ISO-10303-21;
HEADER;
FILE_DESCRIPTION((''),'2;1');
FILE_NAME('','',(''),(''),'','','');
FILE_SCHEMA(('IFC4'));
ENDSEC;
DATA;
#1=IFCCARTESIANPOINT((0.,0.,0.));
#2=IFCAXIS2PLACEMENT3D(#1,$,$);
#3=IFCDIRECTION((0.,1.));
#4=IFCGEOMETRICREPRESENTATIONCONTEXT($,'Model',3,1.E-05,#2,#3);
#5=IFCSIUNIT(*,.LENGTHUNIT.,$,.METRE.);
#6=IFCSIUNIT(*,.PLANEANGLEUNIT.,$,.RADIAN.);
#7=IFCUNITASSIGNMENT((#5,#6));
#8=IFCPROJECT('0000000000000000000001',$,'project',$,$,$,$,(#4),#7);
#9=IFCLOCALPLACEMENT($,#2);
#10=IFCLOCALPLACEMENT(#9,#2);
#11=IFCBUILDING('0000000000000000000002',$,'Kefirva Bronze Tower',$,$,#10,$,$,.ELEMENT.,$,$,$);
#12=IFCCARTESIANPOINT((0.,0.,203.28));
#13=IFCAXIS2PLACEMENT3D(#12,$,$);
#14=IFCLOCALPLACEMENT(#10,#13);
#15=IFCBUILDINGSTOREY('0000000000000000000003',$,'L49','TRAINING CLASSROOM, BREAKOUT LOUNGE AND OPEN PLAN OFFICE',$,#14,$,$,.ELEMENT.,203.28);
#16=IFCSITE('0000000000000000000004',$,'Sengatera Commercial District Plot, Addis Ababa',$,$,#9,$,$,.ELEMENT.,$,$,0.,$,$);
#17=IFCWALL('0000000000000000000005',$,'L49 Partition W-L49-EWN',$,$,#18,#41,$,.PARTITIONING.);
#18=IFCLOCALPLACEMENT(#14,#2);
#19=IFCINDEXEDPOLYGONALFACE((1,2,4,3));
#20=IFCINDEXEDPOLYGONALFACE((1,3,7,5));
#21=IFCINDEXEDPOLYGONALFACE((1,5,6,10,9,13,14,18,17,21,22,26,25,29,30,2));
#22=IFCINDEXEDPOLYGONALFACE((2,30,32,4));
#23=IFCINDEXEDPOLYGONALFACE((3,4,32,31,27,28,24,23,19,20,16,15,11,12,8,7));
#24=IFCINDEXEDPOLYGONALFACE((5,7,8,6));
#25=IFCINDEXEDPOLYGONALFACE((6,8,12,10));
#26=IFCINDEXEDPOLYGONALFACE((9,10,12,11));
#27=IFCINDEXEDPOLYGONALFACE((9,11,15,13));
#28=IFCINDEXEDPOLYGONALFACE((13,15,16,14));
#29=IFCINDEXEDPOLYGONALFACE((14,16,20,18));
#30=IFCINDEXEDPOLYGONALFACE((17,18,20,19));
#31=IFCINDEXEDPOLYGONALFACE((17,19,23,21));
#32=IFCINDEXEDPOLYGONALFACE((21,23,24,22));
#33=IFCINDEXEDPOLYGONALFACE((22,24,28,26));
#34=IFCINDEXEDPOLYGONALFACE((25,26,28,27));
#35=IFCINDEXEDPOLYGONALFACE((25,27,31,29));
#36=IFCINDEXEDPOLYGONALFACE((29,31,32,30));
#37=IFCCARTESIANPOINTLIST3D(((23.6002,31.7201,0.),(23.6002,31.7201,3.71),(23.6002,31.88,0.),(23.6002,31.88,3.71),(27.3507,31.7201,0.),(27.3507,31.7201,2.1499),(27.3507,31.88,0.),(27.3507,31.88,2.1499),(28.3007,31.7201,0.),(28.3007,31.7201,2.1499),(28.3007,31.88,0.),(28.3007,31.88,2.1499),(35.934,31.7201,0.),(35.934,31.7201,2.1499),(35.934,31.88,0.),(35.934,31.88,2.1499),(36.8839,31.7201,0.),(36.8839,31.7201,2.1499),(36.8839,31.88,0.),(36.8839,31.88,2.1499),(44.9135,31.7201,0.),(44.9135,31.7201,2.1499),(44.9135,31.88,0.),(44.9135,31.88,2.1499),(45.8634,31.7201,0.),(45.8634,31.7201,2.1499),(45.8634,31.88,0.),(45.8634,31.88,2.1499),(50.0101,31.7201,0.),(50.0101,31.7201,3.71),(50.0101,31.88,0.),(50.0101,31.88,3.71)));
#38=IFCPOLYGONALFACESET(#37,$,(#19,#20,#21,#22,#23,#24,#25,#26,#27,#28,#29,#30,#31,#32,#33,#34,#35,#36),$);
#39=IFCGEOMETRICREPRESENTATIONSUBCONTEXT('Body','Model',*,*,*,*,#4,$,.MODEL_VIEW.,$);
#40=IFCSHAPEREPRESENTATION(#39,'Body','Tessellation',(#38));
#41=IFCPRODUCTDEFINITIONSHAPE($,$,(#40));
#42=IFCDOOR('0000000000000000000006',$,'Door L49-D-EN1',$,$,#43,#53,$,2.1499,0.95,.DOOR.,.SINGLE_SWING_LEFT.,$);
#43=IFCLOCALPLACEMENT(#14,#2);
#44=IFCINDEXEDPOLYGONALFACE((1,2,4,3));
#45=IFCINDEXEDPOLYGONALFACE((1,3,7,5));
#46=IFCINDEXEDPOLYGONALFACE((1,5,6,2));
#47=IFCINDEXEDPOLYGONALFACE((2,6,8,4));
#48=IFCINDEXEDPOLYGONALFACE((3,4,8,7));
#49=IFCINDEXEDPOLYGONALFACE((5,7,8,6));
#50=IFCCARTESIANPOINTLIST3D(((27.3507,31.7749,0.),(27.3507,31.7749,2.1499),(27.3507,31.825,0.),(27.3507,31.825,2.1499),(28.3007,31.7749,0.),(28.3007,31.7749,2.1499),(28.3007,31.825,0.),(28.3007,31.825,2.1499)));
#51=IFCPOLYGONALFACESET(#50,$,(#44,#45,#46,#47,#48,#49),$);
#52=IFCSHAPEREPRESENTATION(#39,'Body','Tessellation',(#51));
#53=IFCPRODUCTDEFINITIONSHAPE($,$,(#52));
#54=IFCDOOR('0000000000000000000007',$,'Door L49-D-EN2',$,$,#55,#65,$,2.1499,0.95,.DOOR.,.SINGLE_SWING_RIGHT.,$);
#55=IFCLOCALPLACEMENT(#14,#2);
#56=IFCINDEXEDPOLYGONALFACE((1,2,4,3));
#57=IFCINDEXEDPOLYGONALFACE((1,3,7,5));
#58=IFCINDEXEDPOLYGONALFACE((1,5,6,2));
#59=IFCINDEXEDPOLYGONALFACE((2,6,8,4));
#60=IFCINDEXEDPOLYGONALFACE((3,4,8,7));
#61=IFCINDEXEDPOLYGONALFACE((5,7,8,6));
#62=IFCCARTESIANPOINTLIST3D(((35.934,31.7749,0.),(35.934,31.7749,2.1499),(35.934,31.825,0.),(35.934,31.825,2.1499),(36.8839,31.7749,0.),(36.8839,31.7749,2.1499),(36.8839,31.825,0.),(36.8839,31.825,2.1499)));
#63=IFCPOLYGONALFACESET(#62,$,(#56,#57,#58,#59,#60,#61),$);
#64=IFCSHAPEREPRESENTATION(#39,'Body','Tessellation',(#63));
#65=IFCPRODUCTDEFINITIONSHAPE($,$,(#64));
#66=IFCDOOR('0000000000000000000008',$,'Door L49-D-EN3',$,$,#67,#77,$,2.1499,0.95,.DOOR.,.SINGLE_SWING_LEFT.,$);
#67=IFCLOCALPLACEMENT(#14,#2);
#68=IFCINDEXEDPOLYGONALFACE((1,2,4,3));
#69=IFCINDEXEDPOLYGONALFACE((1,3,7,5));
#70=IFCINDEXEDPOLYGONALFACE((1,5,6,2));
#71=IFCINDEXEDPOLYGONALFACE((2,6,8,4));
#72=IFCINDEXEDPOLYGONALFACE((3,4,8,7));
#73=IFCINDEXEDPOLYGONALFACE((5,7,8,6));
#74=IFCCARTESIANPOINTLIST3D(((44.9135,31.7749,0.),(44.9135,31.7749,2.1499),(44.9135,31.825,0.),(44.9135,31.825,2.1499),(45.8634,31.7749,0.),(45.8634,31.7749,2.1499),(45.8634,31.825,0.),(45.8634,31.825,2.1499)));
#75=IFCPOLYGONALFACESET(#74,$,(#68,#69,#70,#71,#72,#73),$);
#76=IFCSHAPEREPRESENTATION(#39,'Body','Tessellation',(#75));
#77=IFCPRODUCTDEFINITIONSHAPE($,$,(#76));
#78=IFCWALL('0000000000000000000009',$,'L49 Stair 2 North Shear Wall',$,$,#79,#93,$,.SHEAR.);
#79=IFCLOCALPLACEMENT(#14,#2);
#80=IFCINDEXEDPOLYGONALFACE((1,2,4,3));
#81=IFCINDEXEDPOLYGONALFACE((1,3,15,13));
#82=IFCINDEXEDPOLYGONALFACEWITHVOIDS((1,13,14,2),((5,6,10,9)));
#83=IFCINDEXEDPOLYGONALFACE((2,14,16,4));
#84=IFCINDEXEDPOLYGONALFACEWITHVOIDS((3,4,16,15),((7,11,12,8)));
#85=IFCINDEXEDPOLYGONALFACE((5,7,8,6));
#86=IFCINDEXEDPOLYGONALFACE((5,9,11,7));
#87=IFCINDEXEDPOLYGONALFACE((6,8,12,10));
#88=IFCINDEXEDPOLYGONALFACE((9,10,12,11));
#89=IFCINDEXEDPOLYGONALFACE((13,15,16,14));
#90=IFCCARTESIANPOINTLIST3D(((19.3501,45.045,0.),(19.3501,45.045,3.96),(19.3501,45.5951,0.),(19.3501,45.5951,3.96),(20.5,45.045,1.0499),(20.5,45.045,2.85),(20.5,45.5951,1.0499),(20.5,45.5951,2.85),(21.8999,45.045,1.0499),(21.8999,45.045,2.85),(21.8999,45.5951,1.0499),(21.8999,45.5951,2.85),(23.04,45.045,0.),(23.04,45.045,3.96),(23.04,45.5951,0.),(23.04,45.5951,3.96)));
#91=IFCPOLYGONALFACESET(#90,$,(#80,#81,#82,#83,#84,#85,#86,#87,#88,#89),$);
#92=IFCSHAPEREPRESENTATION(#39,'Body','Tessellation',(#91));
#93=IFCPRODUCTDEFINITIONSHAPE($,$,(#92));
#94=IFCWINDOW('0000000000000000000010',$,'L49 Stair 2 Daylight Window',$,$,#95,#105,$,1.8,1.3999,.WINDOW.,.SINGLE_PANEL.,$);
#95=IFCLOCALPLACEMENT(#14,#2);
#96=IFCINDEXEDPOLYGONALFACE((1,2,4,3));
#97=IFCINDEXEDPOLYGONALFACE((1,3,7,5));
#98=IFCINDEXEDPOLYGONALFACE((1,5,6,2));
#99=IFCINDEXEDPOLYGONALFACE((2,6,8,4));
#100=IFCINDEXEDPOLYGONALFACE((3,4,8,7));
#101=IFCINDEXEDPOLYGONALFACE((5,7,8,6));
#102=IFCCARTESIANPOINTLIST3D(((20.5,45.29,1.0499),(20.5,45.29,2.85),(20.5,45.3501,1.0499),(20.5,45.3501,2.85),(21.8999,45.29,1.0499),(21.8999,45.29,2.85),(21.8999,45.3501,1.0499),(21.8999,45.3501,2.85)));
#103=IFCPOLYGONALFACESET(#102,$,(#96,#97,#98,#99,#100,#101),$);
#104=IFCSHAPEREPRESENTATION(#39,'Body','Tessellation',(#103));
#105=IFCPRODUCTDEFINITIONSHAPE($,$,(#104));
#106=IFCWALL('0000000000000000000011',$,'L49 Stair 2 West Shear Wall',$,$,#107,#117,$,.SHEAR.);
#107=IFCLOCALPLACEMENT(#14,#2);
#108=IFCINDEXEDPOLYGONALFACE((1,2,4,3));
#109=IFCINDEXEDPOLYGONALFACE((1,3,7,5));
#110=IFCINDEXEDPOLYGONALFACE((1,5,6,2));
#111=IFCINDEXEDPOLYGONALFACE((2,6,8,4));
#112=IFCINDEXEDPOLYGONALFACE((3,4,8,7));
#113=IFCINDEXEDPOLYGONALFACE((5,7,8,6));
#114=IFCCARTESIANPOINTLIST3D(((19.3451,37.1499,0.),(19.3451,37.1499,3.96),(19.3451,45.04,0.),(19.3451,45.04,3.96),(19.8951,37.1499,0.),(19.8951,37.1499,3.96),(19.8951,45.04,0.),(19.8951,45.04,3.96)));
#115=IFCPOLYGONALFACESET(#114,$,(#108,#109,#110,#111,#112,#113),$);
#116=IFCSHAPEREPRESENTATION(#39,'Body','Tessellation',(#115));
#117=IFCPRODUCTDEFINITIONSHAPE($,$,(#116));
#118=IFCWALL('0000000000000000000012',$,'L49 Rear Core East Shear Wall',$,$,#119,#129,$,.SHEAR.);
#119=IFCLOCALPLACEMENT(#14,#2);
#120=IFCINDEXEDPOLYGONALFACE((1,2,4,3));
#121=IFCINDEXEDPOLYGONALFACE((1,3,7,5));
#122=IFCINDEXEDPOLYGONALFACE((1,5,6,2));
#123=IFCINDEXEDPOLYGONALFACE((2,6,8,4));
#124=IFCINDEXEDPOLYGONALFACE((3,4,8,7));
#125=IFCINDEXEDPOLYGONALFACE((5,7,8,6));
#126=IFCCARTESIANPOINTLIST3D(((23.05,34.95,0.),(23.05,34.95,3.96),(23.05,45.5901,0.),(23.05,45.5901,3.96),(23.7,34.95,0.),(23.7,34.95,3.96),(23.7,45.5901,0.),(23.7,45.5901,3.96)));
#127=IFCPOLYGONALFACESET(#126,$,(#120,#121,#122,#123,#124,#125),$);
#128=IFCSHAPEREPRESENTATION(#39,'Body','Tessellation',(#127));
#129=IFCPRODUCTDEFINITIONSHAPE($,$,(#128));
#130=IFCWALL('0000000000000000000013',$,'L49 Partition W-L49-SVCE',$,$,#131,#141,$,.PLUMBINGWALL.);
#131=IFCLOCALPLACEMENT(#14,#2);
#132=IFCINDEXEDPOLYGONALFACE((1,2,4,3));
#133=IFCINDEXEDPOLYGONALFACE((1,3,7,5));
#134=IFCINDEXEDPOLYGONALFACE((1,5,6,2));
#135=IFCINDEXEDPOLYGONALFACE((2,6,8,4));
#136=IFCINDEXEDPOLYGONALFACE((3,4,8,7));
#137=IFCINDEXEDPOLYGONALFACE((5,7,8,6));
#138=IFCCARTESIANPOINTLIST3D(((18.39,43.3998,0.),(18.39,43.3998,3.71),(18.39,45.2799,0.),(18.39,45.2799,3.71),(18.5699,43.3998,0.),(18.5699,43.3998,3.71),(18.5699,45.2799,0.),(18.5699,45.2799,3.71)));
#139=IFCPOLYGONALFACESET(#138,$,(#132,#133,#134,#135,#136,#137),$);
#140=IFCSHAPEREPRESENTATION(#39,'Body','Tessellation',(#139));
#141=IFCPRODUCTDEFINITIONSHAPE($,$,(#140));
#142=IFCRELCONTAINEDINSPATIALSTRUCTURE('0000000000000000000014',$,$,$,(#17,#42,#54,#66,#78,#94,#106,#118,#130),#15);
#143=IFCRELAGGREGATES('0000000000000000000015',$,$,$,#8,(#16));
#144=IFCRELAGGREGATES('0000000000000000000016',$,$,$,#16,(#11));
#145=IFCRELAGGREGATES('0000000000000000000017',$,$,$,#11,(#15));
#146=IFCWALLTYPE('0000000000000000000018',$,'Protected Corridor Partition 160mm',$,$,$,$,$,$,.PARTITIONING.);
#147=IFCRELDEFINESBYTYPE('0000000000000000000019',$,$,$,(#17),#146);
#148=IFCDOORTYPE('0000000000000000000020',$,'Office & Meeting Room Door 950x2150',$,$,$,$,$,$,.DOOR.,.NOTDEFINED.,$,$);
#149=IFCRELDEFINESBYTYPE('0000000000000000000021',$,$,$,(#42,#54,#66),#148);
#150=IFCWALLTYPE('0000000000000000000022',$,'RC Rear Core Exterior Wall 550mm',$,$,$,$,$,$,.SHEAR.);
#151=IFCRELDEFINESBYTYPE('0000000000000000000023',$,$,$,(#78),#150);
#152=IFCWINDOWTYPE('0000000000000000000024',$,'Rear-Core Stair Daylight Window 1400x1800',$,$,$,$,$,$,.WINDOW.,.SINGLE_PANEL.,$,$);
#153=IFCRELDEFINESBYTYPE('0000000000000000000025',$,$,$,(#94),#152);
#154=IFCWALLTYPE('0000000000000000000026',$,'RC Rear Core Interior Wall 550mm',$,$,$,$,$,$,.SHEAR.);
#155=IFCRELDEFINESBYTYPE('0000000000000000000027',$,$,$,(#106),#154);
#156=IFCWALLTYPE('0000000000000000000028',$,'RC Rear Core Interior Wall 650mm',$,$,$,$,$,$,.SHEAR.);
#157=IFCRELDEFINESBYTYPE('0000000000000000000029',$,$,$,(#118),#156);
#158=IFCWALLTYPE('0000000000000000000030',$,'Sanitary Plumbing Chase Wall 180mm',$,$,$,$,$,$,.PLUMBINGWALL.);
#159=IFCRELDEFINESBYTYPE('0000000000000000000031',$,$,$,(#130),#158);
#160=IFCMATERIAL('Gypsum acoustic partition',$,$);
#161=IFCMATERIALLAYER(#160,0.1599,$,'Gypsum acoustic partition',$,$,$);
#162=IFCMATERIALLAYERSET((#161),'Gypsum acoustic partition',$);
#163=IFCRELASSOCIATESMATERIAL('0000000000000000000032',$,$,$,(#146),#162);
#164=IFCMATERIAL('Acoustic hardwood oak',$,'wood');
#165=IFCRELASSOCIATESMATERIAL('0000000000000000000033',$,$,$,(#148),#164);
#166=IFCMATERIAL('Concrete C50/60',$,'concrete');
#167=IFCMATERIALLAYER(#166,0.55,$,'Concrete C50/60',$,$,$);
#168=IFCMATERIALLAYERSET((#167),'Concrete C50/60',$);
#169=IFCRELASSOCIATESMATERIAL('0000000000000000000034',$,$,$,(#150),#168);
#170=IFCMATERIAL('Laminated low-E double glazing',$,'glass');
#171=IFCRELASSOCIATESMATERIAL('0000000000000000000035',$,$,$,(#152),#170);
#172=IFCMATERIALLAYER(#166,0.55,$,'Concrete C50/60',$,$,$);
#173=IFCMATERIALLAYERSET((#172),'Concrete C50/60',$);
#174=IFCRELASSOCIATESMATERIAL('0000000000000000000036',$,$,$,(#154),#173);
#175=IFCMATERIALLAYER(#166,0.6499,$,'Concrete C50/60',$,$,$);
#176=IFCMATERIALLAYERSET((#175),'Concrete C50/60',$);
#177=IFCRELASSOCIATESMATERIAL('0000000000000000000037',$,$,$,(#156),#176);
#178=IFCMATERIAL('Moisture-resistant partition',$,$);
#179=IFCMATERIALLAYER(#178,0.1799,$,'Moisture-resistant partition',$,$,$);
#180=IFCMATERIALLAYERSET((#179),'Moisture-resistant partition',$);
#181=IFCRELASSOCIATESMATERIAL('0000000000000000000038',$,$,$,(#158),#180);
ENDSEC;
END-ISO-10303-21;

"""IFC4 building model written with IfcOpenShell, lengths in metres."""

from ifc_helpers import new_model, si_unit, direction, frame, frame_2d, origin, place, context, subcontext, project, spatial, rectangle, extrude, material, layer, layer_set, type_object, element, fill, save


model = new_model("IFC4")

# Units and contexts
model_context = context("Model", 3, precision=1e-05, world=origin(), true_north=direction((0.0, 1.0)))
body_context = subcontext(model_context, "Body", "Model", "MODEL_VIEW")
ifc_project = project(units=[si_unit("LENGTHUNIT", "METRE"), si_unit("PLANEANGLEUNIT", "RADIAN")], contexts=[model_context])

# Site, building, storey
site_placement = place(None, origin())
site = spatial("IfcSite", under=ifc_project, at=site_placement, Name="Sengatera Commercial District Plot, Addis Ababa", CompositionType="ELEMENT", RefElevation=0.0)
building_placement = place(site_placement, origin())
building = spatial("IfcBuilding", under=site, at=building_placement, Name="Kefirva Bronze Tower", CompositionType="ELEMENT")
storey_placement = place(building_placement, frame((0.0, 0.0, 203.28)))
storey = spatial("IfcBuildingStorey", under=building, at=storey_placement, Name="L49", Description="TRAINING CLASSROOM, BREAKOUT LOUNGE AND OPEN PLAN OFFICE", CompositionType="ELEMENT", Elevation=203.28)

# Shared definitions
ifc_material_1 = material(Name="Concrete C50/60", Category="concrete")

# Wall, openings, doors
ifc_material_2 = material(Name="Gypsum acoustic partition")
ifc_layer_1 = layer(ifc_material_2, 0.1599, Name="Gypsum acoustic partition")
ifc_layer_set_1 = layer_set([ifc_layer_1], Name="Gypsum acoustic partition")
wall_type_1 = type_object("IfcWallType", Name="Protected Corridor Partition 160mm", PredefinedType="PARTITIONING", material=ifc_layer_set_1)
ifc_material_3 = material(Name="Acoustic hardwood oak", Category="wood")
door_type_1 = type_object("IfcDoorType", Name="Office & Meeting Room Door 950x2150", OperationType="NOTDEFINED", PredefinedType="DOOR", material=ifc_material_3)
wall_1_placement = place(storey_placement, frame((23.6001, 31.8, 0.0), z_axis=(0.0, 0.0, 1.0), x_axis=(1.0, 0.0, 0.0)))
wall_1 = element("IfcWall", 1, at=wall_1_placement, inside=storey, type_object=wall_type_1, Name="L49 Partition W-L49-EWN", PredefinedType="PARTITIONING", context=body_context, shape_type="SweptSolid", body=[
    extrude(rectangle(XDim=26.4099, YDim=0.1599, at=frame_2d((13.2051, 0.0))), origin(), (0.0, 0.0, 1.0), 3.71),
])
opening_1_placement = place(wall_1_placement, frame((3.7505, 0.0, 0.0)))
opening_1 = element("IfcOpeningElement", 2, at=opening_1_placement, cuts=wall_1, PredefinedType="OPENING", context=body_context, shape_type="SweptSolid", body=[
    extrude(rectangle(XDim=0.95, YDim=2.1499, at=frame_2d((0.4751, 1.075))), frame((0.0, 0.0898, 0.0), z_axis=(0.0, -1.0, 0.0), x_axis=(1.0, 0.0, 0.0)), (0.0, 0.0, 1.0), 0.1799),
])
opening_2_placement = place(wall_1_placement, frame((12.3337, 0.0, 0.0)))
opening_2 = element("IfcOpeningElement", 3, at=opening_2_placement, cuts=wall_1, PredefinedType="OPENING", context=body_context, shape_type="SweptSolid", body=[
    extrude(rectangle(XDim=0.95, YDim=2.1499, at=frame_2d((0.4751, 1.075))), frame((0.0, 0.0898, 0.0), z_axis=(0.0, -1.0, 0.0), x_axis=(1.0, 0.0, 0.0)), (0.0, 0.0, 1.0), 0.1799),
])
opening_3_placement = place(wall_1_placement, frame((21.3132, 0.0, 0.0)))
opening_3 = element("IfcOpeningElement", 4, at=opening_3_placement, cuts=wall_1, PredefinedType="OPENING", context=body_context, shape_type="SweptSolid", body=[
    extrude(rectangle(XDim=0.95, YDim=2.1499, at=frame_2d((0.4751, 1.075))), frame((0.0, 0.0898, 0.0), z_axis=(0.0, -1.0, 0.0), x_axis=(1.0, 0.0, 0.0)), (0.0, 0.0, 1.0), 0.1799),
])
door_1_placement = place(opening_1_placement, origin())
door_1 = element("IfcDoor", 5, at=door_1_placement, inside=storey, type_object=door_type_1, Name="Door L49-D-EN1", OperationType="SINGLE_SWING_LEFT", OverallHeight=2.1499, OverallWidth=0.95, PredefinedType="DOOR", context=body_context, shape_type="SweptSolid", body=[
    extrude(rectangle(XDim=0.95, YDim=2.1499, at=frame_2d((0.4751, 1.075))), frame((0.0, 0.0249, 0.0), z_axis=(0.0, -1.0, 0.0), x_axis=(1.0, 0.0, 0.0)), (0.0, 0.0, 1.0), 0.05),
])
fill(opening_1, door_1)
door_2_placement = place(opening_2_placement, origin())
door_2 = element("IfcDoor", 6, at=door_2_placement, inside=storey, type_object=door_type_1, Name="Door L49-D-EN2", OperationType="SINGLE_SWING_RIGHT", OverallHeight=2.1499, OverallWidth=0.95, PredefinedType="DOOR", context=body_context, shape_type="SweptSolid", body=[
    extrude(rectangle(XDim=0.95, YDim=2.1499, at=frame_2d((0.4751, 1.075))), frame((0.0, 0.0249, 0.0), z_axis=(0.0, -1.0, 0.0), x_axis=(1.0, 0.0, 0.0)), (0.0, 0.0, 1.0), 0.05),
])
fill(opening_2, door_2)
door_3_placement = place(opening_3_placement, origin())
door_3 = element("IfcDoor", 7, at=door_3_placement, inside=storey, type_object=door_type_1, Name="Door L49-D-EN3", OperationType="SINGLE_SWING_LEFT", OverallHeight=2.1499, OverallWidth=0.95, PredefinedType="DOOR", context=body_context, shape_type="SweptSolid", body=[
    extrude(rectangle(XDim=0.95, YDim=2.1499, at=frame_2d((0.4751, 1.075))), frame((0.0, 0.0249, 0.0), z_axis=(0.0, -1.0, 0.0), x_axis=(1.0, 0.0, 0.0)), (0.0, 0.0, 1.0), 0.05),
])
fill(opening_3, door_3)

# Wall, opening, window
ifc_layer_2 = layer(ifc_material_1, 0.55, Name="Concrete C50/60")
ifc_layer_set_2 = layer_set([ifc_layer_2], Name="Concrete C50/60")
wall_type_2 = type_object("IfcWallType", Name="RC Rear Core Exterior Wall 550mm", PredefinedType="SHEAR", material=ifc_layer_set_2)
wall_2_placement = place(storey_placement, frame((19.3501, 45.3201, 0.0), z_axis=(0.0, 0.0, 1.0), x_axis=(1.0, 0.0, 0.0)))
wall_2 = element("IfcWall", 8, at=wall_2_placement, inside=storey, type_object=wall_type_2, Name="L49 Stair 2 North Shear Wall", PredefinedType="SHEAR", context=body_context, shape_type="SweptSolid", body=[
    extrude(rectangle(XDim=3.6899, YDim=0.55, at=frame_2d((1.845, 0.0))), origin(), (0.0, 0.0, 1.0), 3.96),
])
opening_4_placement = place(wall_2_placement, frame((1.1499, 0.0, 1.05)))
opening_4 = element("IfcOpeningElement", 9, at=opening_4_placement, cuts=wall_2, PredefinedType="OPENING", context=body_context, shape_type="SweptSolid", body=[
    extrude(rectangle(XDim=1.3999, YDim=1.8, at=frame_2d((0.7, 0.8999))), frame((0.0, 0.2852, 0.0), z_axis=(0.0, -1.0, 0.0), x_axis=(1.0, 0.0, 0.0)), (0.0, 0.0, 1.0), 0.5701),
])
ifc_material_4 = material(Name="Laminated low-E double glazing", Category="glass")
window_type = type_object("IfcWindowType", Name="Rear-Core Stair Daylight Window 1400x1800", PartitioningType="SINGLE_PANEL", PredefinedType="WINDOW", material=ifc_material_4)
window_placement = place(opening_4_placement, origin())
window = element("IfcWindow", 10, at=window_placement, inside=storey, type_object=window_type, Name="L49 Stair 2 Daylight Window", OverallHeight=1.8, OverallWidth=1.3999, PartitioningType="SINGLE_PANEL", PredefinedType="WINDOW", context=body_context, shape_type="SweptSolid", body=[
    extrude(rectangle(XDim=1.3999, YDim=1.8, at=frame_2d((0.7, 0.8999))), frame((0.0, 0.03, 0.0), z_axis=(0.0, -1.0, 0.0), x_axis=(1.0, 0.0, 0.0)), (0.0, 0.0, 1.0), 0.0601),
])
fill(opening_4, window)

# Walls
ifc_layer_3 = layer(ifc_material_1, 0.55, Name="Concrete C50/60")
ifc_layer_set_3 = layer_set([ifc_layer_3], Name="Concrete C50/60")
wall_type_3 = type_object("IfcWallType", Name="RC Rear Core Interior Wall 550mm", PredefinedType="SHEAR", material=ifc_layer_set_3)
wall_3_placement = place(storey_placement, frame((19.6201, 37.1499, 0.0), z_axis=(0.0, 0.0, 1.0), x_axis=(0.0, 1.0, 0.0)))
element("IfcWall", 11, at=wall_3_placement, inside=storey, type_object=wall_type_3, Name="L49 Stair 2 West Shear Wall", PredefinedType="SHEAR", context=body_context, shape_type="SweptSolid", body=[
    extrude(rectangle(XDim=7.8901, YDim=0.55, at=frame_2d((3.9451, 0.0))), origin(), (0.0, 0.0, 1.0), 3.96),
])
ifc_layer_4 = layer(ifc_material_1, 0.6499, Name="Concrete C50/60")
ifc_layer_set_4 = layer_set([ifc_layer_4], Name="Concrete C50/60")
wall_type_4 = type_object("IfcWallType", Name="RC Rear Core Interior Wall 650mm", PredefinedType="SHEAR", material=ifc_layer_set_4)
wall_4_placement = place(storey_placement, frame((23.375, 34.95, 0.0), z_axis=(0.0, 0.0, 1.0), x_axis=(0.0, 1.0, 0.0)))
element("IfcWall", 12, at=wall_4_placement, inside=storey, type_object=wall_type_4, Name="L49 Rear Core East Shear Wall", PredefinedType="SHEAR", context=body_context, shape_type="SweptSolid", body=[
    extrude(rectangle(XDim=10.6401, YDim=0.6499, at=frame_2d((5.3201, 0.0))), origin(), (0.0, 0.0, 1.0), 3.96),
])
ifc_material_5 = material(Name="Moisture-resistant partition")
ifc_layer_5 = layer(ifc_material_5, 0.1799, Name="Moisture-resistant partition")
ifc_layer_set_5 = layer_set([ifc_layer_5], Name="Moisture-resistant partition")
wall_type_5 = type_object("IfcWallType", Name="Sanitary Plumbing Chase Wall 180mm", PredefinedType="PLUMBINGWALL", material=ifc_layer_set_5)
wall_5_placement = place(storey_placement, frame((18.48, 43.3999, 0.0), z_axis=(0.0, 0.0, 1.0), x_axis=(0.0, 1.0, 0.0)))
element("IfcWall", 13, at=wall_5_placement, inside=storey, type_object=wall_type_5, Name="L49 Partition W-L49-SVCE", PredefinedType="PLUMBINGWALL", context=body_context, shape_type="SweptSolid", body=[
    extrude(rectangle(XDim=1.8801, YDim=0.1799, at=frame_2d((0.9399, 0.0))), origin(), (0.0, 0.0, 1.0), 3.71),
])

save(model, "model.ifc")
